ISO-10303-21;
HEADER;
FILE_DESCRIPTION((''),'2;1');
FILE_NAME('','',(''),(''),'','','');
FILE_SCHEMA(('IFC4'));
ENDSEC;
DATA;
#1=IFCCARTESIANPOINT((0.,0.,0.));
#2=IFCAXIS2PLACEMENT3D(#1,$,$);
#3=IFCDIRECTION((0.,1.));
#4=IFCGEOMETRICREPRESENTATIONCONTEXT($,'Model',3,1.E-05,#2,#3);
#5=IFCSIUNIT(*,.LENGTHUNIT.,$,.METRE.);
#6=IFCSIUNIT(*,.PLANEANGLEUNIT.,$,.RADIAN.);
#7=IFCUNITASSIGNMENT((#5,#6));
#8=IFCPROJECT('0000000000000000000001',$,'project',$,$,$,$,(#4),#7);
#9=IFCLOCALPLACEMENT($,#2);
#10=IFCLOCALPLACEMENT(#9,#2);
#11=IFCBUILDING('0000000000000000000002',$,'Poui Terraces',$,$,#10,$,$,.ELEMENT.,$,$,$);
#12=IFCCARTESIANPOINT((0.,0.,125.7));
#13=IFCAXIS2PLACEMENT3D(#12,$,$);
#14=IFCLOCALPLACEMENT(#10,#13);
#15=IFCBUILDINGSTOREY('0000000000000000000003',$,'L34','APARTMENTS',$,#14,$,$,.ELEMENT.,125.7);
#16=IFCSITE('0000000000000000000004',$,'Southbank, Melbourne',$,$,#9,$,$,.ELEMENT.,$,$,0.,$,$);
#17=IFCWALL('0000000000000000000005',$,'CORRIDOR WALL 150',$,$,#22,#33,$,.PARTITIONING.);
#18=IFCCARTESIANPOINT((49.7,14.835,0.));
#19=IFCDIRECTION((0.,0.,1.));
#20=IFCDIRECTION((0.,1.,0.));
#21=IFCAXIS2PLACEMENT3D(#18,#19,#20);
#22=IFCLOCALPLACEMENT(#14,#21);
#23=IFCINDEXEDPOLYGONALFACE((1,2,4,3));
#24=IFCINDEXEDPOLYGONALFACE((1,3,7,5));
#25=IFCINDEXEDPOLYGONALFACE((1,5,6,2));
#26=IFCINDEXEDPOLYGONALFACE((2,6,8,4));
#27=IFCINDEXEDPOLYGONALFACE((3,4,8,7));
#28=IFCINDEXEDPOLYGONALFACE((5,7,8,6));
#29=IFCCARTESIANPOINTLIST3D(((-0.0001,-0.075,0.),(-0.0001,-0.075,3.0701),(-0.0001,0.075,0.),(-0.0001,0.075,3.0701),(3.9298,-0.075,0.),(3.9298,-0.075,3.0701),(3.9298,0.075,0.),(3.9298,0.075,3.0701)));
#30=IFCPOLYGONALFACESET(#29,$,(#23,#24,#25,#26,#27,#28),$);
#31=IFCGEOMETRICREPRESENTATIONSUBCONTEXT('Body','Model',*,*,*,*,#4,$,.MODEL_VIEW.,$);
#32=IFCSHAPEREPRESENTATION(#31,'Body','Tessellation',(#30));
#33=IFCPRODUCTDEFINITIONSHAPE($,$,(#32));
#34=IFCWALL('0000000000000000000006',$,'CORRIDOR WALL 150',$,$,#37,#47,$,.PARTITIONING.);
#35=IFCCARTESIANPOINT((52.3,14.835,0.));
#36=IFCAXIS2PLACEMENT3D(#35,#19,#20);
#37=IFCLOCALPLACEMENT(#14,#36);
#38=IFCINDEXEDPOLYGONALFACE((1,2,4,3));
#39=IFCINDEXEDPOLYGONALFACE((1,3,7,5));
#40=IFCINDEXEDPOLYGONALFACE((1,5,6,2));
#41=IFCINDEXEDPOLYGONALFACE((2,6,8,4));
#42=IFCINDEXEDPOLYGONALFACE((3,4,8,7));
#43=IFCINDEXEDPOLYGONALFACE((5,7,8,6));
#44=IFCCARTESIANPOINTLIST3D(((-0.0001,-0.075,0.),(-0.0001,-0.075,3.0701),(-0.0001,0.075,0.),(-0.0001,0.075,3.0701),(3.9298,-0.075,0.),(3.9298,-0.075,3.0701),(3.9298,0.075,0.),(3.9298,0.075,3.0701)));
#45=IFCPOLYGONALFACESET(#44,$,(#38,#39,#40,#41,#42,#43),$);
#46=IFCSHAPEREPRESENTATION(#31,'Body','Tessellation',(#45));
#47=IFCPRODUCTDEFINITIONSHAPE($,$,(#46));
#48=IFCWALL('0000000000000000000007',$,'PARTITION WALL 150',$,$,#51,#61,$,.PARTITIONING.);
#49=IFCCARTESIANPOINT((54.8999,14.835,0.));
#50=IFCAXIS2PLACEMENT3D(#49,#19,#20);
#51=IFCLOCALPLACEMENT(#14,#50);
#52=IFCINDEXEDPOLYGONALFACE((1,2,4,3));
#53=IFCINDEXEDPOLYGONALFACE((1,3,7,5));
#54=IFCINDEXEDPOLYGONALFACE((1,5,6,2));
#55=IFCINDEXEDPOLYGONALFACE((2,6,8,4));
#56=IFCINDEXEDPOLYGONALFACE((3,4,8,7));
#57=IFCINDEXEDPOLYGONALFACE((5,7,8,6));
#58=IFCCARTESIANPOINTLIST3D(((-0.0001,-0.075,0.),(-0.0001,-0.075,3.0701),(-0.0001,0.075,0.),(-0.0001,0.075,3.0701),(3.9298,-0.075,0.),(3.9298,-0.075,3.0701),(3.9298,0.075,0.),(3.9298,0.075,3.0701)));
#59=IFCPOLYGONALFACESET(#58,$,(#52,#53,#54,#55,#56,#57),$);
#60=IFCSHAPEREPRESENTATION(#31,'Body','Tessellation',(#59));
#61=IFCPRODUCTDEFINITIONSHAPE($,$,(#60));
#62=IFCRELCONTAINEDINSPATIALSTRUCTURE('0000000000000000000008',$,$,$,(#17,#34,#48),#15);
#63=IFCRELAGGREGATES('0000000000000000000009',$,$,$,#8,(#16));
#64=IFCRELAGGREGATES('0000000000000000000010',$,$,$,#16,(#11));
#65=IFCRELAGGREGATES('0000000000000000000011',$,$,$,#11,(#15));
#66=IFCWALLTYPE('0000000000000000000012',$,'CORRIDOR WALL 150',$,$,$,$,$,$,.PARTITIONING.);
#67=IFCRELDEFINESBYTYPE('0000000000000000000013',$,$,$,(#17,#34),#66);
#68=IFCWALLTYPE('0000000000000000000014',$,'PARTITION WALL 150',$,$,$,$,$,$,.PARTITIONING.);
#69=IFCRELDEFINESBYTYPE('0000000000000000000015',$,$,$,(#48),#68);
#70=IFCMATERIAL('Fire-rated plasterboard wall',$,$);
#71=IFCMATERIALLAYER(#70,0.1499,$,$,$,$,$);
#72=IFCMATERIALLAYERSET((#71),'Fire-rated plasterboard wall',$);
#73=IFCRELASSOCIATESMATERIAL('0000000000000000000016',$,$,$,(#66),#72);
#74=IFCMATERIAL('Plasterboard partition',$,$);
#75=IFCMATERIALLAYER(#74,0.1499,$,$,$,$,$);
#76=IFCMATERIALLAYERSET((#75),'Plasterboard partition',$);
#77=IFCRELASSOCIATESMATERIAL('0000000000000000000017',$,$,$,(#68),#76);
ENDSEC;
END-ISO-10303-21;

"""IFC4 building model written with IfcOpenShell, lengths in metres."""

from ifc_helpers import new_model, si_unit, direction, frame, frame_2d, origin, place, context, subcontext, project, spatial, rectangle, extrude, material, layer, layer_set, type_object, element, save


model = new_model("IFC4")

# Units and contexts
model_context = context("Model", 3, precision=1e-05, world=origin(), true_north=direction((0.0, 1.0)))
body_context = subcontext(model_context, "Body", "Model", "MODEL_VIEW")
ifc_project = project(units=[si_unit("LENGTHUNIT", "METRE"), si_unit("PLANEANGLEUNIT", "RADIAN")], contexts=[model_context])

# Site, building, storey
site_placement = place(None, origin())
site = spatial("IfcSite", under=ifc_project, at=site_placement, Name="Southbank, Melbourne", CompositionType="ELEMENT", RefElevation=0.0)
building_placement = place(site_placement, origin())
building = spatial("IfcBuilding", under=site, at=building_placement, Name="Poui Terraces", CompositionType="ELEMENT")
storey_placement = place(building_placement, frame((0.0, 0.0, 125.7)))
storey = spatial("IfcBuildingStorey", under=building, at=storey_placement, Name="L34", Description="APARTMENTS", CompositionType="ELEMENT", Elevation=125.7)

# Walls
ifc_material_1 = material(Name="Fire-rated plasterboard wall")
ifc_layer_1 = layer(ifc_material_1, 0.1499)
ifc_layer_set_1 = layer_set([ifc_layer_1], Name="Fire-rated plasterboard wall")
wall_type_1 = type_object("IfcWallType", Name="CORRIDOR WALL 150", PredefinedType="PARTITIONING", material=ifc_layer_set_1)
for number, where, z_axis, x_axis, name in (
    (1, (49.7, 14.835, 0.0), (0.0, 0.0, 1.0), (0.0, 1.0, 0.0), "CORRIDOR WALL 150"),
    (2, (52.3, 14.835, 0.0), (0.0, 0.0, 1.0), (0.0, 1.0, 0.0), "CORRIDOR WALL 150"),
):
    element("IfcWall", number, at=place(storey_placement, frame(where, z_axis=z_axis, x_axis=x_axis)), inside=storey, type_object=wall_type_1, Name=name, PredefinedType="PARTITIONING", context=body_context, shape_type="SweptSolid", body=[
        extrude(rectangle(XDim=3.9299, YDim=0.1499, at=frame_2d((1.9648, 0.0))), origin(), (0.0, 0.0, 1.0), 3.0701),
    ])

# Shared definitions
ifc_material_2 = material(Name="Plasterboard partition")

# Wall
ifc_layer_2 = layer(ifc_material_2, 0.1499)
ifc_layer_set_2 = layer_set([ifc_layer_2], Name="Plasterboard partition")
wall_type_2 = type_object("IfcWallType", Name="PARTITION WALL 150", PredefinedType="PARTITIONING", material=ifc_layer_set_2)
wall_1_placement = place(storey_placement, frame((54.8999, 14.835, 0.0), z_axis=(0.0, 0.0, 1.0), x_axis=(0.0, 1.0, 0.0)))
element("IfcWall", 3, at=wall_1_placement, inside=storey, type_object=wall_type_2, Name="PARTITION WALL 150", PredefinedType="PARTITIONING", context=body_context, shape_type="SweptSolid", body=[
    extrude(rectangle(XDim=3.9299, YDim=0.1499, at=frame_2d((1.9648, 0.0))), origin(), (0.0, 0.0, 1.0), 3.0701),
])

save(model, "model.ifc")
